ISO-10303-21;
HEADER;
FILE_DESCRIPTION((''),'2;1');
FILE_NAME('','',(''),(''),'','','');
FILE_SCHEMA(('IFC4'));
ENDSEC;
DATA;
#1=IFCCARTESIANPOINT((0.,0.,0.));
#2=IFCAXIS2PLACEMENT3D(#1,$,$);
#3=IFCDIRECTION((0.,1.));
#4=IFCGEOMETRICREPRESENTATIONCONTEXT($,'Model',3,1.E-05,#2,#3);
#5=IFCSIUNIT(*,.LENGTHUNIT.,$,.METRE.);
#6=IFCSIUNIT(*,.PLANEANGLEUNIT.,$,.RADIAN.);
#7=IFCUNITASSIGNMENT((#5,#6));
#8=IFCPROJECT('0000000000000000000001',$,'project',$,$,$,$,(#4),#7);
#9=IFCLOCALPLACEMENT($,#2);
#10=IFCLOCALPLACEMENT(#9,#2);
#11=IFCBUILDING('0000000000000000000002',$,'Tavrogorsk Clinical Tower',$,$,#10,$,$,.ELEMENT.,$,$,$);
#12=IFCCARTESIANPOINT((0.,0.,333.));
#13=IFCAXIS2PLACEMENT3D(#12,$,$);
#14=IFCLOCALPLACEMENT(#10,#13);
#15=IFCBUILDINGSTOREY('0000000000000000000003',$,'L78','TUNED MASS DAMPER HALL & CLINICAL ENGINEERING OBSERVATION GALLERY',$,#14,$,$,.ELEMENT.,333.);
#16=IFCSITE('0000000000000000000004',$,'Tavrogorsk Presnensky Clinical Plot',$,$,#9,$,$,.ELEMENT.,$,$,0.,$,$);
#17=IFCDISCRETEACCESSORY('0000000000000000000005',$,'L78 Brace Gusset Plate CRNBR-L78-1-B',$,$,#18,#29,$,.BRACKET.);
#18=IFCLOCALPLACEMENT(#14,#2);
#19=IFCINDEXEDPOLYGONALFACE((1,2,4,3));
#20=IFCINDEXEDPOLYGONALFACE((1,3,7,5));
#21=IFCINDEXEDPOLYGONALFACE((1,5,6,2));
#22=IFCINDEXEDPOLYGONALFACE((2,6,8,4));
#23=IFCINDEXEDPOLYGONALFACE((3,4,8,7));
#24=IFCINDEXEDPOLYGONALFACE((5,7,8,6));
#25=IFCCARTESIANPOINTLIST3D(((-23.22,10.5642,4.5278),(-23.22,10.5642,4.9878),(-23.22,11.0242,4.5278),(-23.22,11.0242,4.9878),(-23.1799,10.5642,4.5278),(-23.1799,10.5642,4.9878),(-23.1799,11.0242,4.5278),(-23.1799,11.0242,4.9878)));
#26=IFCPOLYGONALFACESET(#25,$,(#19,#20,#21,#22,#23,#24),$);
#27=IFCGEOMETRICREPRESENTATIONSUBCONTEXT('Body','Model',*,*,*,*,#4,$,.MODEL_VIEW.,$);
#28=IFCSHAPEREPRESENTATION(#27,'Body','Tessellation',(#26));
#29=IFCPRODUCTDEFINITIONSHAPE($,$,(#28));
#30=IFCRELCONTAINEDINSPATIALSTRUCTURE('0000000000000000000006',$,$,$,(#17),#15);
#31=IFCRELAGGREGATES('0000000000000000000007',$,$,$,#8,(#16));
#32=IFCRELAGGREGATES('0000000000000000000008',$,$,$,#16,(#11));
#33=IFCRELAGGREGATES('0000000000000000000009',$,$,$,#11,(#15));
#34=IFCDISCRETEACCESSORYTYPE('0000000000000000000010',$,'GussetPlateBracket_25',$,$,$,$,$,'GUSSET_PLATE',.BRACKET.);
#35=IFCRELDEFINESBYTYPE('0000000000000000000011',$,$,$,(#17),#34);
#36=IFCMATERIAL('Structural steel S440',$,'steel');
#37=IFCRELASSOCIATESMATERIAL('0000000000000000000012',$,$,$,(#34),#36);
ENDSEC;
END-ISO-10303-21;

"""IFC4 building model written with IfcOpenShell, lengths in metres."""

from ifc_helpers import new_model, si_unit, direction, frame, origin, origin_2d, place, context, subcontext, project, spatial, rectangle, extrude, material, type_object, element, save


model = new_model("IFC4")

# Units and contexts
model_context = context("Model", 3, precision=1e-05, world=origin(), true_north=direction((0.0, 1.0)))
body_context = subcontext(model_context, "Body", "Model", "MODEL_VIEW")
ifc_project = project(units=[si_unit("LENGTHUNIT", "METRE"), si_unit("PLANEANGLEUNIT", "RADIAN")], contexts=[model_context])

# Site, building, storey
site_placement = place(None, origin())
site = spatial("IfcSite", under=ifc_project, at=site_placement, Name="Tavrogorsk Presnensky Clinical Plot", CompositionType="ELEMENT", RefElevation=0.0)
building_placement = place(site_placement, origin())
building = spatial("IfcBuilding", under=site, at=building_placement, Name="Tavrogorsk Clinical Tower", CompositionType="ELEMENT")
storey_placement = place(building_placement, frame((0.0, 0.0, 333.0)))
storey = spatial("IfcBuildingStorey", under=building, at=storey_placement, Name="L78", Description="TUNED MASS DAMPER HALL & CLINICAL ENGINEERING OBSERVATION GALLERY", CompositionType="ELEMENT", Elevation=333.0)

# Discrete accessory
ifc_material_1 = material(Name="Structural steel S440", Category="steel")
discrete_accessory_type = type_object("IfcDiscreteAccessoryType", Name="GussetPlateBracket_25", ElementType="GUSSET_PLATE", PredefinedType="BRACKET", material=ifc_material_1)
discrete_accessory_placement = place(storey_placement, frame((-23.2, 10.7942, 4.5278), z_axis=(0.0, 0.0, 1.0), x_axis=(0.0, 1.0, 0.0)))
element("IfcDiscreteAccessory", 1, at=discrete_accessory_placement, inside=storey, type_object=discrete_accessory_type, Name="L78 Brace Gusset Plate CRNBR-L78-1-B", PredefinedType="BRACKET", context=body_context, shape_type="SweptSolid", body=[
    extrude(rectangle(XDim=0.46, YDim=0.04, at=origin_2d()), origin(), (0.0, 0.0, 1.0), 0.46),
])

save(model, "model.ifc")
